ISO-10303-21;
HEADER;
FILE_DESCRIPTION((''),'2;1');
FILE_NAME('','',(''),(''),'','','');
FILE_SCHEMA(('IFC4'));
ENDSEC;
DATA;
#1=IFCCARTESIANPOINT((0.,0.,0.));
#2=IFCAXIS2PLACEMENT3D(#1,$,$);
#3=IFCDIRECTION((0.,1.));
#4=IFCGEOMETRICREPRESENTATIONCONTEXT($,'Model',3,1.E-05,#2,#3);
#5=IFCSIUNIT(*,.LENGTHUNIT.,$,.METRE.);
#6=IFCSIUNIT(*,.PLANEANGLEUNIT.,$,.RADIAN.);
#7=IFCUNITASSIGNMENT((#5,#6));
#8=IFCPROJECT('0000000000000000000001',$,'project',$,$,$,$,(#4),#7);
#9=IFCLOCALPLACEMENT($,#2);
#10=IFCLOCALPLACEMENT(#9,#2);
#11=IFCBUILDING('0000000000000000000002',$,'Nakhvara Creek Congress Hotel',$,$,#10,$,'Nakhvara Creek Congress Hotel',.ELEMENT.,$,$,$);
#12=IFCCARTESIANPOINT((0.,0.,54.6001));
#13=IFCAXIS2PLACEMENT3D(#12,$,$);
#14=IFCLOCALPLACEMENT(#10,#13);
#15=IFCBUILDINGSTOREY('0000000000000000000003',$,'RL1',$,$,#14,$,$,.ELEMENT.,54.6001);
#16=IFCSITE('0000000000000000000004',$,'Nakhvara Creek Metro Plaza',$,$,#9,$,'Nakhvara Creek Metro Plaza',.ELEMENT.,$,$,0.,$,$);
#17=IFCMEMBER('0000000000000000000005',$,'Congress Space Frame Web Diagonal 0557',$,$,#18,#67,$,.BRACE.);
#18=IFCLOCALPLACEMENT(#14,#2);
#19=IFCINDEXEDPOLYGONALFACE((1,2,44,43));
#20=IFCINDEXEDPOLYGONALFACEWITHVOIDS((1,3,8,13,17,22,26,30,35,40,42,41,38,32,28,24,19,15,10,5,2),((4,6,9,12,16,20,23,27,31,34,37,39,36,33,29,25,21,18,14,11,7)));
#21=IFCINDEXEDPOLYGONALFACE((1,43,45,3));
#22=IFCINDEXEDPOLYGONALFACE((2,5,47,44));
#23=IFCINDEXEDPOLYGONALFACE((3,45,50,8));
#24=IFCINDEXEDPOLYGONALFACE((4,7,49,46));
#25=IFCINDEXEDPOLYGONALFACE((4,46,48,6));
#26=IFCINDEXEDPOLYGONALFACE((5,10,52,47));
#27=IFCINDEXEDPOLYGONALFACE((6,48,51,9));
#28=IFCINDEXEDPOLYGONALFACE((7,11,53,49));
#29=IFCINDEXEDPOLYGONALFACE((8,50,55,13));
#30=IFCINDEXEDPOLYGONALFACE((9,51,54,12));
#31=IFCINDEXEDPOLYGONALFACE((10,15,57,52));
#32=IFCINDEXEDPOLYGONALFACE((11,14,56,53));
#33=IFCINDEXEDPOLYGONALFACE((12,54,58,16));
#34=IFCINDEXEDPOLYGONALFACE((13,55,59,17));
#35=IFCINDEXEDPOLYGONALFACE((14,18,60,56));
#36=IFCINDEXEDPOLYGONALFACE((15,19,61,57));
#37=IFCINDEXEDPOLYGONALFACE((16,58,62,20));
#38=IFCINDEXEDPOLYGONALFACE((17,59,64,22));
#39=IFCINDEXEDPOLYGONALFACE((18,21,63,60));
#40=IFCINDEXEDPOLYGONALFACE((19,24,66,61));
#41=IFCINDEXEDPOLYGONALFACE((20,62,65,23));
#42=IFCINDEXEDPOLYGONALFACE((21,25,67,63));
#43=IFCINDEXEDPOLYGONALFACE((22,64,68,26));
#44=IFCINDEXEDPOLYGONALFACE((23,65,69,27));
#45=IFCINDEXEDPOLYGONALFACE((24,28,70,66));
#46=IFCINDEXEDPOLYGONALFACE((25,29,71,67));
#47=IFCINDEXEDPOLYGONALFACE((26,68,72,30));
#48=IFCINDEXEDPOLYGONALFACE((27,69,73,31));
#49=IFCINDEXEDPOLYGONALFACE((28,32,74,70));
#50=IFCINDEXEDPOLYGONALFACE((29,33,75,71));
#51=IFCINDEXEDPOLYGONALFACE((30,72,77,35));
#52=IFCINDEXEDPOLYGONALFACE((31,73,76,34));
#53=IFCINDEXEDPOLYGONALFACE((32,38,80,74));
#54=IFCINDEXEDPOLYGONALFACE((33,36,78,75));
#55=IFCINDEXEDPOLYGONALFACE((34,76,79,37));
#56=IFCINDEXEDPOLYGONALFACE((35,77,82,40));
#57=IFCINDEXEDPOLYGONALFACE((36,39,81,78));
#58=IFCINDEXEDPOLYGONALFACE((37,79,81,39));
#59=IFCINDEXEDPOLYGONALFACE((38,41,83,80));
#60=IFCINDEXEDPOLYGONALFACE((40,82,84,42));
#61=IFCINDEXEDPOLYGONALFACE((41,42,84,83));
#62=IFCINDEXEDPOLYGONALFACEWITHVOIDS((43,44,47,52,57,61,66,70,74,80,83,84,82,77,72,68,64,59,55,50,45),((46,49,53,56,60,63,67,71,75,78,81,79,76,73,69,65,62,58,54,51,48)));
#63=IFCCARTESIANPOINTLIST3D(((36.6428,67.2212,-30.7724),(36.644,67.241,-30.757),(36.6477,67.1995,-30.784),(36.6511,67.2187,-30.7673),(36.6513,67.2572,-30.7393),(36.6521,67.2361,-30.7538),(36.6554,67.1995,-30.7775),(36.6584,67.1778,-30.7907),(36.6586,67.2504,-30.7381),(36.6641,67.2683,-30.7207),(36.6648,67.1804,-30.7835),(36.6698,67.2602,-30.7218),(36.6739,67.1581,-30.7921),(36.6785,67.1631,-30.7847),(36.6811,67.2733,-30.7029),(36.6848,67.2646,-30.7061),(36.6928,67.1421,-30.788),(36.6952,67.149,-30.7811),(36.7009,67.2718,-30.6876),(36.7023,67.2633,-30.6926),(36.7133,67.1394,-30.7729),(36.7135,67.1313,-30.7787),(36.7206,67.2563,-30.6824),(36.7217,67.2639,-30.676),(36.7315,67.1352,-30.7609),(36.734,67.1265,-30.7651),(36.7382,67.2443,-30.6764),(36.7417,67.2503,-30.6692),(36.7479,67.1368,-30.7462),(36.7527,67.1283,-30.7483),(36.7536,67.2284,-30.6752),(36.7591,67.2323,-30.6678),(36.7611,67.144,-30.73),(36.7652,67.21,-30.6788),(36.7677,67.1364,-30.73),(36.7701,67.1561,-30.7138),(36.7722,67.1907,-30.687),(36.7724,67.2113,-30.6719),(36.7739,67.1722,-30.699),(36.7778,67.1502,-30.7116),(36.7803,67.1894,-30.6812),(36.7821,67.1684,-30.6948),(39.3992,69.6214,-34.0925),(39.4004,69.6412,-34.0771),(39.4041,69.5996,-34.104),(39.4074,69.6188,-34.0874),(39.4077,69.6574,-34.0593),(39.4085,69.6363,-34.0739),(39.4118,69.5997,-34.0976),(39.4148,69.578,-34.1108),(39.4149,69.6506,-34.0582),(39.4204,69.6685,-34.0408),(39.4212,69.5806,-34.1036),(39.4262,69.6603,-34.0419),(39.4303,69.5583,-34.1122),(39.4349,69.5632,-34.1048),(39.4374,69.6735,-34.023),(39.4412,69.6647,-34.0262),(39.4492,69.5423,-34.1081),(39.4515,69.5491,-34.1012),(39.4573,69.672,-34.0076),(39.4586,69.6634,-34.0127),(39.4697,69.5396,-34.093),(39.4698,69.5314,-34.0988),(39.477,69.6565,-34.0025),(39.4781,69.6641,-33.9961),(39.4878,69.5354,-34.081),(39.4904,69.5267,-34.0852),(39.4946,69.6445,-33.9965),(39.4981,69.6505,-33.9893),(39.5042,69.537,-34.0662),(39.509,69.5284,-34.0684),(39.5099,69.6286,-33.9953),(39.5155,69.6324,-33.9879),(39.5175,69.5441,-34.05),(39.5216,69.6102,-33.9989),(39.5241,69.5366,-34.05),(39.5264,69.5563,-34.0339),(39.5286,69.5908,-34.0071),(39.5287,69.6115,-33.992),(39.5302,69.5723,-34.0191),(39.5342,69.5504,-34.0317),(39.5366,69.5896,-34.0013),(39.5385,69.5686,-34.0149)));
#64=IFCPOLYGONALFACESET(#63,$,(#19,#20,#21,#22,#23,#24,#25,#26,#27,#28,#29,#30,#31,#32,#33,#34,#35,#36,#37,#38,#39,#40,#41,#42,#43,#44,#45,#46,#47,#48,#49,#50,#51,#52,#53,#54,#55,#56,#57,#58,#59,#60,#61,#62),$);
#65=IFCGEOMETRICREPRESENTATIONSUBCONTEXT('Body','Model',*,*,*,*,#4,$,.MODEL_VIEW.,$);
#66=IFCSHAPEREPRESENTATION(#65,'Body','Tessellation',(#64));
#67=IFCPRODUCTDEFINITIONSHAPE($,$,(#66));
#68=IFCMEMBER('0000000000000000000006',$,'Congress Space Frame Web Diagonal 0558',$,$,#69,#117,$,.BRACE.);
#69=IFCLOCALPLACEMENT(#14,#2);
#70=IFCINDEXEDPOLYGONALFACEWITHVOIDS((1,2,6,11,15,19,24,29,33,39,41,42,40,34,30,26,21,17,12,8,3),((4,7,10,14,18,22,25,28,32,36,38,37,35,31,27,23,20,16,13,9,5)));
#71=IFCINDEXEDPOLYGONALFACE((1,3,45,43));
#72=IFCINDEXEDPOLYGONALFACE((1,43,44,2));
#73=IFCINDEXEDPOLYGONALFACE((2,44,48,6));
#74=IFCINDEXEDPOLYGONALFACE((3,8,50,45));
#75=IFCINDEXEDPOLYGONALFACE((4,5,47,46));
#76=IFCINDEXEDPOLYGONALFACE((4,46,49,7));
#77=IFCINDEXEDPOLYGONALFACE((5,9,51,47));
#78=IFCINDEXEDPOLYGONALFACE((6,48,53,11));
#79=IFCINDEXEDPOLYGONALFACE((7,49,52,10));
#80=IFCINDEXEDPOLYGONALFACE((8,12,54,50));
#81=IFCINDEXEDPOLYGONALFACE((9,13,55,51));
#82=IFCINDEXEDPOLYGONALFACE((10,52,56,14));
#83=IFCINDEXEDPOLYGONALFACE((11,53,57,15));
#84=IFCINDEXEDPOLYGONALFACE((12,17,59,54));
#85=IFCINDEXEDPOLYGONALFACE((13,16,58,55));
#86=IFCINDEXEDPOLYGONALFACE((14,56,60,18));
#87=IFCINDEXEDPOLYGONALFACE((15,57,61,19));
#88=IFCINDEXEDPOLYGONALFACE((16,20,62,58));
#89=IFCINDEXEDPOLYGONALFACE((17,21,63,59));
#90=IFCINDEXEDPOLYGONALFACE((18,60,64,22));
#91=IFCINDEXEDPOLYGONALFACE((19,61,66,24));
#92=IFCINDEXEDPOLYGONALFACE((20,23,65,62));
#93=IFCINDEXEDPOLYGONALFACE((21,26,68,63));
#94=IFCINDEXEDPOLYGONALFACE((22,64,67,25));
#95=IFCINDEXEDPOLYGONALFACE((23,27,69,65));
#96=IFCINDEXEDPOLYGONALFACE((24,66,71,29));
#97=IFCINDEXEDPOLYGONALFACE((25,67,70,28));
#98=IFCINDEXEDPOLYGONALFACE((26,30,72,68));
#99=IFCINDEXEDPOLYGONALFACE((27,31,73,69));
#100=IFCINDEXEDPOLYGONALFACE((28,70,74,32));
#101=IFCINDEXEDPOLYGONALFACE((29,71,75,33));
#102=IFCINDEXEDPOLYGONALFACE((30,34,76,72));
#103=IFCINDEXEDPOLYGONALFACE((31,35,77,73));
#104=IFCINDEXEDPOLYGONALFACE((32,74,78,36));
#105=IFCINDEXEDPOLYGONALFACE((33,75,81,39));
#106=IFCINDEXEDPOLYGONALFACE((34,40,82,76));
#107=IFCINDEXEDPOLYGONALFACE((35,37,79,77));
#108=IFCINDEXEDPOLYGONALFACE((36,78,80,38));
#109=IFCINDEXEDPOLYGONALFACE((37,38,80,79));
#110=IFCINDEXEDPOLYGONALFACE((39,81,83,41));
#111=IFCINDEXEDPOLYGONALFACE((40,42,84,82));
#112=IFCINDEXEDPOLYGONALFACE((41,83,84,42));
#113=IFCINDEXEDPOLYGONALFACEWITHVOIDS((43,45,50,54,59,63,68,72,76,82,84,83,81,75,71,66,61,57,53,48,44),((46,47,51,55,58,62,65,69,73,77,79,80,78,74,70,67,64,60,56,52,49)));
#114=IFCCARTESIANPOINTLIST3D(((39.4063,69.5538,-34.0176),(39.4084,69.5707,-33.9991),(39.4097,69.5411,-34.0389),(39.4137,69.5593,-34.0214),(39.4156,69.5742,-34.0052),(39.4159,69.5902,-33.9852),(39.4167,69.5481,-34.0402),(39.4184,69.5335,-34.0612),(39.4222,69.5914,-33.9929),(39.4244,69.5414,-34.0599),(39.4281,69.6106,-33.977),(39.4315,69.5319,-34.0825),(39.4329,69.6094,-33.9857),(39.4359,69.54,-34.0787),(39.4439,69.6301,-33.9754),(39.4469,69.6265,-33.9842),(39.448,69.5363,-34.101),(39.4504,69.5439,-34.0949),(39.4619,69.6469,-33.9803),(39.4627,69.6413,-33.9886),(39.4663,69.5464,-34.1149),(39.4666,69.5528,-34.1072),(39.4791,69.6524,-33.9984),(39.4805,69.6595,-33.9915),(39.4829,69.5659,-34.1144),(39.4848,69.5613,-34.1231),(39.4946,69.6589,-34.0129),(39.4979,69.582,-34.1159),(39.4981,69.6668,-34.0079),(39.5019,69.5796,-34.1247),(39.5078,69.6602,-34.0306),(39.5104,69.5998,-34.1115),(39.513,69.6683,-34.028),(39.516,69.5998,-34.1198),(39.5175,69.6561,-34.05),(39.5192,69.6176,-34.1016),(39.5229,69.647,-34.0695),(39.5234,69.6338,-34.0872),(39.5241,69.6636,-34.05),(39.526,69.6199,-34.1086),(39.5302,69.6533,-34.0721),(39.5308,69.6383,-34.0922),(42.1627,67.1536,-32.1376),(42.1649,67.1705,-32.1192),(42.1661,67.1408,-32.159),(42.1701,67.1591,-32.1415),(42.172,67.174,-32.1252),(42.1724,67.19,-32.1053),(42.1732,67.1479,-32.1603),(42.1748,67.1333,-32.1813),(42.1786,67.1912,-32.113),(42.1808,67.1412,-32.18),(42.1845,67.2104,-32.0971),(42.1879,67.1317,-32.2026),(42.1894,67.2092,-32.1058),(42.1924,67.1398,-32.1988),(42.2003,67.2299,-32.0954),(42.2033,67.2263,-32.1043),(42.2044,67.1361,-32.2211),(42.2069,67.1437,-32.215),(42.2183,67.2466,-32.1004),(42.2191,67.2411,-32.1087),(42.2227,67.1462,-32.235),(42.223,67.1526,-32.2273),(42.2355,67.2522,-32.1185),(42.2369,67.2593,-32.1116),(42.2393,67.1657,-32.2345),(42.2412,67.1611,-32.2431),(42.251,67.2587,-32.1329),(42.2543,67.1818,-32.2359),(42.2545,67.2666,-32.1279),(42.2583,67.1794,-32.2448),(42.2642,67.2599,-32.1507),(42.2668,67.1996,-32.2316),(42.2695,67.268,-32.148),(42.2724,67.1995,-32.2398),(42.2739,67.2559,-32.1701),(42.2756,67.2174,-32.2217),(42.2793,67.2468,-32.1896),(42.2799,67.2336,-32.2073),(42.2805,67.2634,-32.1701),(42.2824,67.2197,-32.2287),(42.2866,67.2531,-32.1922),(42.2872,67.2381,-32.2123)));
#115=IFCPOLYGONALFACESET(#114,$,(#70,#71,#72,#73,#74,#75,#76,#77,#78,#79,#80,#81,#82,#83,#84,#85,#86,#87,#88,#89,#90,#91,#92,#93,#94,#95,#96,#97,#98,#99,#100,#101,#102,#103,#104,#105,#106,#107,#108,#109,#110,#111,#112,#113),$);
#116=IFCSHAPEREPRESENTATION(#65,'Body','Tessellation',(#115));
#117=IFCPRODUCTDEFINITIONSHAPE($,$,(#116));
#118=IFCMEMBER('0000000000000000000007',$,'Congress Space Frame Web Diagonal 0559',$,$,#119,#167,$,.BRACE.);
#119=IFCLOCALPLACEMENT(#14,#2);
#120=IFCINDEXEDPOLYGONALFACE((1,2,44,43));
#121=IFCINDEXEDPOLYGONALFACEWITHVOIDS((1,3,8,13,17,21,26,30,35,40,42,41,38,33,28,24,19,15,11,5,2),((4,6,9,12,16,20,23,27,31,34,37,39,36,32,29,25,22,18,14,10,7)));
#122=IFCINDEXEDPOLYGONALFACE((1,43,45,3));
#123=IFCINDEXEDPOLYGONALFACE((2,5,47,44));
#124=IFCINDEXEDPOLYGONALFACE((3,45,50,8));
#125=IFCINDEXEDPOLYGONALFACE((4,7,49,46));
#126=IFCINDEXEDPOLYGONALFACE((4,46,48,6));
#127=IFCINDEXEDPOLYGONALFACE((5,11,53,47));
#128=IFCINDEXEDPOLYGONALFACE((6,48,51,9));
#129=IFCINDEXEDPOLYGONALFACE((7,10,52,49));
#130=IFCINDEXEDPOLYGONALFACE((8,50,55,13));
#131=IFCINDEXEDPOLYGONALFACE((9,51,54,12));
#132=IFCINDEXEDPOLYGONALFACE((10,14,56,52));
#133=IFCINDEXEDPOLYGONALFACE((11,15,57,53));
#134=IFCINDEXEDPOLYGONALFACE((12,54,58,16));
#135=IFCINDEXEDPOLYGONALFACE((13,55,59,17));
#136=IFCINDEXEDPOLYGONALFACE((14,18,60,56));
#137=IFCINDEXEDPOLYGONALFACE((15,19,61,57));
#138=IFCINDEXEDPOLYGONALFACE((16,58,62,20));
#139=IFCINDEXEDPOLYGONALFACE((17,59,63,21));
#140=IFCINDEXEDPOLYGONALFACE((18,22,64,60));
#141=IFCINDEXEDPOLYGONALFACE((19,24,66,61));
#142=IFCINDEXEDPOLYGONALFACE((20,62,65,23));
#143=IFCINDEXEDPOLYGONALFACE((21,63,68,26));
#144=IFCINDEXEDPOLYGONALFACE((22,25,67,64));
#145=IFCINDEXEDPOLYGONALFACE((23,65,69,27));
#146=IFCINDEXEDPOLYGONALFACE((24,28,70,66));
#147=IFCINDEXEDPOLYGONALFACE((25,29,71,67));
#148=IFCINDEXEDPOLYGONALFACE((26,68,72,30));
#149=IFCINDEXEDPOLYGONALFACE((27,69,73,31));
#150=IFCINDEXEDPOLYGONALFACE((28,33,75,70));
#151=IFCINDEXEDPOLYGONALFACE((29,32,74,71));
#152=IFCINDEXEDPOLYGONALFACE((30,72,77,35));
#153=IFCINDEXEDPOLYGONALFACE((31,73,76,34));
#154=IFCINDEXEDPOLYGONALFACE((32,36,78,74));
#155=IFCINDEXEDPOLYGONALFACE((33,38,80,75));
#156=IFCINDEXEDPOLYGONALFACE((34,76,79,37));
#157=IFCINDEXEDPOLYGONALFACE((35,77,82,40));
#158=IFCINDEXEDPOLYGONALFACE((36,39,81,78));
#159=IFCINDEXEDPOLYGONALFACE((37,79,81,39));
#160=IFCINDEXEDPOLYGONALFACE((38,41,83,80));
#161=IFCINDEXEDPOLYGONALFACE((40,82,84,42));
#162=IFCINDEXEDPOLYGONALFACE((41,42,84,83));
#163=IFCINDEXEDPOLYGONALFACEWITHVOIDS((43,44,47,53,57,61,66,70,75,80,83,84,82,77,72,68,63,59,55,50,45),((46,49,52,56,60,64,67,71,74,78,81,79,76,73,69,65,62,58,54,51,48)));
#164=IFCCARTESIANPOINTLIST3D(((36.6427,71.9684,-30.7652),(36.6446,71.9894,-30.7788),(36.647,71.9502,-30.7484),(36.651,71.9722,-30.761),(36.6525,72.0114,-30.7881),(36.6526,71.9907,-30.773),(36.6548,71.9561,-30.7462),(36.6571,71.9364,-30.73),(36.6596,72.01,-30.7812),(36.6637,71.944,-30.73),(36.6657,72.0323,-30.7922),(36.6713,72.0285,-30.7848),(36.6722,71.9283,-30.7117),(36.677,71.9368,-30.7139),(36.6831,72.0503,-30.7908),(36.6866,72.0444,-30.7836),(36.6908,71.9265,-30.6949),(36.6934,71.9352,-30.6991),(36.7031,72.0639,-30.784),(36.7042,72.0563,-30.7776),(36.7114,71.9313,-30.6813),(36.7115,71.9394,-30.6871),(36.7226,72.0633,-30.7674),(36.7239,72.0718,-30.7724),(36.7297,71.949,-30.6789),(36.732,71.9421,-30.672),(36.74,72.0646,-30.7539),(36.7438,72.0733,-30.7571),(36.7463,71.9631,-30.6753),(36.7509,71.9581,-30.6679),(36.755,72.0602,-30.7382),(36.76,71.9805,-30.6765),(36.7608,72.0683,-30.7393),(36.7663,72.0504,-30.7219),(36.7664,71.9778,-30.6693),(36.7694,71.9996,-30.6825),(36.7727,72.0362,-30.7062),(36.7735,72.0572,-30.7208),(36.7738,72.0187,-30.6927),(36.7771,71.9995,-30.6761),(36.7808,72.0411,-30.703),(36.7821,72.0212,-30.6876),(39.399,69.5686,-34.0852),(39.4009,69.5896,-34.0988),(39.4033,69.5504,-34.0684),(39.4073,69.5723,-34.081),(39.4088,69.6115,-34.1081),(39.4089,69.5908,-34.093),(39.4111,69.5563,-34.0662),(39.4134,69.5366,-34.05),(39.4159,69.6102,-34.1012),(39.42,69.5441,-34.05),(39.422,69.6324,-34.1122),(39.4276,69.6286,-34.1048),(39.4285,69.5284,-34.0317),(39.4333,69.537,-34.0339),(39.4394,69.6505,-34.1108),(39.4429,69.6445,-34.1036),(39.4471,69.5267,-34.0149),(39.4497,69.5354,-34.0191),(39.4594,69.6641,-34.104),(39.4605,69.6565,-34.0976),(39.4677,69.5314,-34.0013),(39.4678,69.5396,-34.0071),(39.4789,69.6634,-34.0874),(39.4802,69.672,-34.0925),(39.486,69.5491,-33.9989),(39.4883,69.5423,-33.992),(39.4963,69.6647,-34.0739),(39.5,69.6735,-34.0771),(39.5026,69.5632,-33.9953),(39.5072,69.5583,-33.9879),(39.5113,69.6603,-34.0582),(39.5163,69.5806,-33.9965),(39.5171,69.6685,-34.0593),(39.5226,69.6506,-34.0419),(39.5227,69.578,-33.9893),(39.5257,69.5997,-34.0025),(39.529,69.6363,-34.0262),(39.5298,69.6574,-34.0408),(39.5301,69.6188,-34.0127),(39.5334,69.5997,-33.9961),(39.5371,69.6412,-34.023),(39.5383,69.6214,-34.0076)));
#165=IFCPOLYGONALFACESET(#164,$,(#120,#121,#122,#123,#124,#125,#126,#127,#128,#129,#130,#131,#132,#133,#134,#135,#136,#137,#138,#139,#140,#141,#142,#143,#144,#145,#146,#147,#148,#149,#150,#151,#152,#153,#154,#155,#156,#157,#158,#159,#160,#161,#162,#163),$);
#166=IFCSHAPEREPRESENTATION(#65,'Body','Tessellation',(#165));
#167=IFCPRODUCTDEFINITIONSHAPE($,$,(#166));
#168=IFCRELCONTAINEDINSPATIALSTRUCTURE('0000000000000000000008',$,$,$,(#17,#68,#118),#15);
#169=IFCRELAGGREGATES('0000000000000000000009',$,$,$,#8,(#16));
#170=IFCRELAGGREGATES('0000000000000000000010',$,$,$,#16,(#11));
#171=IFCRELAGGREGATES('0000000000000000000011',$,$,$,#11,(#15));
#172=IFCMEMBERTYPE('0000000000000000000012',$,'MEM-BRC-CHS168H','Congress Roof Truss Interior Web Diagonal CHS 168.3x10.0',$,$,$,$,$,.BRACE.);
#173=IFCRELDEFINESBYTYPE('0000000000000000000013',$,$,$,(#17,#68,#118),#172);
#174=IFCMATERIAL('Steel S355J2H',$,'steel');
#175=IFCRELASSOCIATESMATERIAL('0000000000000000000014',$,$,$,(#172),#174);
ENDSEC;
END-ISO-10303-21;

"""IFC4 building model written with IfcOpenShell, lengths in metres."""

from ifc_helpers import new_model, si_unit, direction, frame, origin, origin_2d, place, context, subcontext, project, spatial, hollow_circle, extrude, material, material_profile, profile_set, type_object, element, save


model = new_model("IFC4")

# Units and contexts
model_context = context("Model", 3, precision=1e-05, world=origin(), true_north=direction((0.0, 1.0)))
body_context = subcontext(model_context, "Body", "Model", "MODEL_VIEW")
ifc_project = project(units=[si_unit("LENGTHUNIT", "METRE"), si_unit("PLANEANGLEUNIT", "RADIAN")], contexts=[model_context])

# Site, building, storey
site_placement = place(None, origin())
site = spatial("IfcSite", under=ifc_project, at=site_placement, Name="Nakhvara Creek Metro Plaza", LongName="Nakhvara Creek Metro Plaza", CompositionType="ELEMENT", RefElevation=0.0)
building_placement = place(site_placement, origin())
building = spatial("IfcBuilding", under=site, at=building_placement, Name="Nakhvara Creek Congress Hotel", LongName="Nakhvara Creek Congress Hotel", CompositionType="ELEMENT")
storey_placement = place(building_placement, frame((0.0, 0.0, 54.6001)))
storey = spatial("IfcBuildingStorey", under=building, at=storey_placement, Name="RL1", CompositionType="ELEMENT", Elevation=54.6001)

# Members
ifc_material_1 = material(Name="Steel S355J2H", Category="steel")
ifc_material_profile_1 = material_profile(ifc_material_1, hollow_circle(Radius=0.0842, WallThickness=0.01, at=origin_2d()), Name="CHS 168.3x10.0", Category="LoadBearing")
ifc_profile_set_1 = profile_set([ifc_material_profile_1], Name="Steel S355J2H")
member_type_1 = type_object("IfcMemberType", Name="MEM-BRC-CHS168H", Description="Congress Roof Truss Interior Web Diagonal CHS 168.3x10.0", PredefinedType="BRACE", material=ifc_profile_set_1)
member_1_placement = place(storey_placement, frame((39.4688, 69.6001, -34.05), z_axis=(-0.558224, -0.486085, 0.67239), x_axis=(0.656696, -0.754155, 0.0)))
element("IfcMember", 1, at=member_1_placement, inside=storey, type_object=member_type_1, Name="Congress Space Frame Web Diagonal 0557", PredefinedType="BRACE", context=body_context, shape_type="SweptSolid", body=[
    extrude(hollow_circle(Radius=0.0842, WallThickness=0.01, at=origin_2d()), origin(), (0.0, 0.0, 1.0), 4.9377),
])
member_2_placement = place(storey_placement, frame((39.4688, 69.6001, -34.05), z_axis=(0.670644, -0.583977, 0.457392), x_axis=(0.656696, 0.754155, 0.0)))
element("IfcMember", 2, at=member_2_placement, inside=storey, type_object=member_type_1, Name="Congress Space Frame Web Diagonal 0558", PredefinedType="BRACE", context=body_context, shape_type="SweptSolid", body=[
    extrude(hollow_circle(Radius=0.0842, WallThickness=0.01, at=origin_2d()), origin(), (0.0, 0.0, 1.0), 4.1101),
])
member_3_placement = place(storey_placement, frame((39.4688, 69.6001, -34.05), z_axis=(-0.558237, 0.486047, 0.672406), x_axis=(-0.656658, -0.754188, 0.0)))
element("IfcMember", 3, at=member_3_placement, inside=storey, type_object=member_type_1, Name="Congress Space Frame Web Diagonal 0559", PredefinedType="BRACE", context=body_context, shape_type="SweptSolid", body=[
    extrude(hollow_circle(Radius=0.0842, WallThickness=0.01, at=origin_2d()), origin(), (0.0, 0.0, 1.0), 4.9375),
])

save(model, "model.ifc")
